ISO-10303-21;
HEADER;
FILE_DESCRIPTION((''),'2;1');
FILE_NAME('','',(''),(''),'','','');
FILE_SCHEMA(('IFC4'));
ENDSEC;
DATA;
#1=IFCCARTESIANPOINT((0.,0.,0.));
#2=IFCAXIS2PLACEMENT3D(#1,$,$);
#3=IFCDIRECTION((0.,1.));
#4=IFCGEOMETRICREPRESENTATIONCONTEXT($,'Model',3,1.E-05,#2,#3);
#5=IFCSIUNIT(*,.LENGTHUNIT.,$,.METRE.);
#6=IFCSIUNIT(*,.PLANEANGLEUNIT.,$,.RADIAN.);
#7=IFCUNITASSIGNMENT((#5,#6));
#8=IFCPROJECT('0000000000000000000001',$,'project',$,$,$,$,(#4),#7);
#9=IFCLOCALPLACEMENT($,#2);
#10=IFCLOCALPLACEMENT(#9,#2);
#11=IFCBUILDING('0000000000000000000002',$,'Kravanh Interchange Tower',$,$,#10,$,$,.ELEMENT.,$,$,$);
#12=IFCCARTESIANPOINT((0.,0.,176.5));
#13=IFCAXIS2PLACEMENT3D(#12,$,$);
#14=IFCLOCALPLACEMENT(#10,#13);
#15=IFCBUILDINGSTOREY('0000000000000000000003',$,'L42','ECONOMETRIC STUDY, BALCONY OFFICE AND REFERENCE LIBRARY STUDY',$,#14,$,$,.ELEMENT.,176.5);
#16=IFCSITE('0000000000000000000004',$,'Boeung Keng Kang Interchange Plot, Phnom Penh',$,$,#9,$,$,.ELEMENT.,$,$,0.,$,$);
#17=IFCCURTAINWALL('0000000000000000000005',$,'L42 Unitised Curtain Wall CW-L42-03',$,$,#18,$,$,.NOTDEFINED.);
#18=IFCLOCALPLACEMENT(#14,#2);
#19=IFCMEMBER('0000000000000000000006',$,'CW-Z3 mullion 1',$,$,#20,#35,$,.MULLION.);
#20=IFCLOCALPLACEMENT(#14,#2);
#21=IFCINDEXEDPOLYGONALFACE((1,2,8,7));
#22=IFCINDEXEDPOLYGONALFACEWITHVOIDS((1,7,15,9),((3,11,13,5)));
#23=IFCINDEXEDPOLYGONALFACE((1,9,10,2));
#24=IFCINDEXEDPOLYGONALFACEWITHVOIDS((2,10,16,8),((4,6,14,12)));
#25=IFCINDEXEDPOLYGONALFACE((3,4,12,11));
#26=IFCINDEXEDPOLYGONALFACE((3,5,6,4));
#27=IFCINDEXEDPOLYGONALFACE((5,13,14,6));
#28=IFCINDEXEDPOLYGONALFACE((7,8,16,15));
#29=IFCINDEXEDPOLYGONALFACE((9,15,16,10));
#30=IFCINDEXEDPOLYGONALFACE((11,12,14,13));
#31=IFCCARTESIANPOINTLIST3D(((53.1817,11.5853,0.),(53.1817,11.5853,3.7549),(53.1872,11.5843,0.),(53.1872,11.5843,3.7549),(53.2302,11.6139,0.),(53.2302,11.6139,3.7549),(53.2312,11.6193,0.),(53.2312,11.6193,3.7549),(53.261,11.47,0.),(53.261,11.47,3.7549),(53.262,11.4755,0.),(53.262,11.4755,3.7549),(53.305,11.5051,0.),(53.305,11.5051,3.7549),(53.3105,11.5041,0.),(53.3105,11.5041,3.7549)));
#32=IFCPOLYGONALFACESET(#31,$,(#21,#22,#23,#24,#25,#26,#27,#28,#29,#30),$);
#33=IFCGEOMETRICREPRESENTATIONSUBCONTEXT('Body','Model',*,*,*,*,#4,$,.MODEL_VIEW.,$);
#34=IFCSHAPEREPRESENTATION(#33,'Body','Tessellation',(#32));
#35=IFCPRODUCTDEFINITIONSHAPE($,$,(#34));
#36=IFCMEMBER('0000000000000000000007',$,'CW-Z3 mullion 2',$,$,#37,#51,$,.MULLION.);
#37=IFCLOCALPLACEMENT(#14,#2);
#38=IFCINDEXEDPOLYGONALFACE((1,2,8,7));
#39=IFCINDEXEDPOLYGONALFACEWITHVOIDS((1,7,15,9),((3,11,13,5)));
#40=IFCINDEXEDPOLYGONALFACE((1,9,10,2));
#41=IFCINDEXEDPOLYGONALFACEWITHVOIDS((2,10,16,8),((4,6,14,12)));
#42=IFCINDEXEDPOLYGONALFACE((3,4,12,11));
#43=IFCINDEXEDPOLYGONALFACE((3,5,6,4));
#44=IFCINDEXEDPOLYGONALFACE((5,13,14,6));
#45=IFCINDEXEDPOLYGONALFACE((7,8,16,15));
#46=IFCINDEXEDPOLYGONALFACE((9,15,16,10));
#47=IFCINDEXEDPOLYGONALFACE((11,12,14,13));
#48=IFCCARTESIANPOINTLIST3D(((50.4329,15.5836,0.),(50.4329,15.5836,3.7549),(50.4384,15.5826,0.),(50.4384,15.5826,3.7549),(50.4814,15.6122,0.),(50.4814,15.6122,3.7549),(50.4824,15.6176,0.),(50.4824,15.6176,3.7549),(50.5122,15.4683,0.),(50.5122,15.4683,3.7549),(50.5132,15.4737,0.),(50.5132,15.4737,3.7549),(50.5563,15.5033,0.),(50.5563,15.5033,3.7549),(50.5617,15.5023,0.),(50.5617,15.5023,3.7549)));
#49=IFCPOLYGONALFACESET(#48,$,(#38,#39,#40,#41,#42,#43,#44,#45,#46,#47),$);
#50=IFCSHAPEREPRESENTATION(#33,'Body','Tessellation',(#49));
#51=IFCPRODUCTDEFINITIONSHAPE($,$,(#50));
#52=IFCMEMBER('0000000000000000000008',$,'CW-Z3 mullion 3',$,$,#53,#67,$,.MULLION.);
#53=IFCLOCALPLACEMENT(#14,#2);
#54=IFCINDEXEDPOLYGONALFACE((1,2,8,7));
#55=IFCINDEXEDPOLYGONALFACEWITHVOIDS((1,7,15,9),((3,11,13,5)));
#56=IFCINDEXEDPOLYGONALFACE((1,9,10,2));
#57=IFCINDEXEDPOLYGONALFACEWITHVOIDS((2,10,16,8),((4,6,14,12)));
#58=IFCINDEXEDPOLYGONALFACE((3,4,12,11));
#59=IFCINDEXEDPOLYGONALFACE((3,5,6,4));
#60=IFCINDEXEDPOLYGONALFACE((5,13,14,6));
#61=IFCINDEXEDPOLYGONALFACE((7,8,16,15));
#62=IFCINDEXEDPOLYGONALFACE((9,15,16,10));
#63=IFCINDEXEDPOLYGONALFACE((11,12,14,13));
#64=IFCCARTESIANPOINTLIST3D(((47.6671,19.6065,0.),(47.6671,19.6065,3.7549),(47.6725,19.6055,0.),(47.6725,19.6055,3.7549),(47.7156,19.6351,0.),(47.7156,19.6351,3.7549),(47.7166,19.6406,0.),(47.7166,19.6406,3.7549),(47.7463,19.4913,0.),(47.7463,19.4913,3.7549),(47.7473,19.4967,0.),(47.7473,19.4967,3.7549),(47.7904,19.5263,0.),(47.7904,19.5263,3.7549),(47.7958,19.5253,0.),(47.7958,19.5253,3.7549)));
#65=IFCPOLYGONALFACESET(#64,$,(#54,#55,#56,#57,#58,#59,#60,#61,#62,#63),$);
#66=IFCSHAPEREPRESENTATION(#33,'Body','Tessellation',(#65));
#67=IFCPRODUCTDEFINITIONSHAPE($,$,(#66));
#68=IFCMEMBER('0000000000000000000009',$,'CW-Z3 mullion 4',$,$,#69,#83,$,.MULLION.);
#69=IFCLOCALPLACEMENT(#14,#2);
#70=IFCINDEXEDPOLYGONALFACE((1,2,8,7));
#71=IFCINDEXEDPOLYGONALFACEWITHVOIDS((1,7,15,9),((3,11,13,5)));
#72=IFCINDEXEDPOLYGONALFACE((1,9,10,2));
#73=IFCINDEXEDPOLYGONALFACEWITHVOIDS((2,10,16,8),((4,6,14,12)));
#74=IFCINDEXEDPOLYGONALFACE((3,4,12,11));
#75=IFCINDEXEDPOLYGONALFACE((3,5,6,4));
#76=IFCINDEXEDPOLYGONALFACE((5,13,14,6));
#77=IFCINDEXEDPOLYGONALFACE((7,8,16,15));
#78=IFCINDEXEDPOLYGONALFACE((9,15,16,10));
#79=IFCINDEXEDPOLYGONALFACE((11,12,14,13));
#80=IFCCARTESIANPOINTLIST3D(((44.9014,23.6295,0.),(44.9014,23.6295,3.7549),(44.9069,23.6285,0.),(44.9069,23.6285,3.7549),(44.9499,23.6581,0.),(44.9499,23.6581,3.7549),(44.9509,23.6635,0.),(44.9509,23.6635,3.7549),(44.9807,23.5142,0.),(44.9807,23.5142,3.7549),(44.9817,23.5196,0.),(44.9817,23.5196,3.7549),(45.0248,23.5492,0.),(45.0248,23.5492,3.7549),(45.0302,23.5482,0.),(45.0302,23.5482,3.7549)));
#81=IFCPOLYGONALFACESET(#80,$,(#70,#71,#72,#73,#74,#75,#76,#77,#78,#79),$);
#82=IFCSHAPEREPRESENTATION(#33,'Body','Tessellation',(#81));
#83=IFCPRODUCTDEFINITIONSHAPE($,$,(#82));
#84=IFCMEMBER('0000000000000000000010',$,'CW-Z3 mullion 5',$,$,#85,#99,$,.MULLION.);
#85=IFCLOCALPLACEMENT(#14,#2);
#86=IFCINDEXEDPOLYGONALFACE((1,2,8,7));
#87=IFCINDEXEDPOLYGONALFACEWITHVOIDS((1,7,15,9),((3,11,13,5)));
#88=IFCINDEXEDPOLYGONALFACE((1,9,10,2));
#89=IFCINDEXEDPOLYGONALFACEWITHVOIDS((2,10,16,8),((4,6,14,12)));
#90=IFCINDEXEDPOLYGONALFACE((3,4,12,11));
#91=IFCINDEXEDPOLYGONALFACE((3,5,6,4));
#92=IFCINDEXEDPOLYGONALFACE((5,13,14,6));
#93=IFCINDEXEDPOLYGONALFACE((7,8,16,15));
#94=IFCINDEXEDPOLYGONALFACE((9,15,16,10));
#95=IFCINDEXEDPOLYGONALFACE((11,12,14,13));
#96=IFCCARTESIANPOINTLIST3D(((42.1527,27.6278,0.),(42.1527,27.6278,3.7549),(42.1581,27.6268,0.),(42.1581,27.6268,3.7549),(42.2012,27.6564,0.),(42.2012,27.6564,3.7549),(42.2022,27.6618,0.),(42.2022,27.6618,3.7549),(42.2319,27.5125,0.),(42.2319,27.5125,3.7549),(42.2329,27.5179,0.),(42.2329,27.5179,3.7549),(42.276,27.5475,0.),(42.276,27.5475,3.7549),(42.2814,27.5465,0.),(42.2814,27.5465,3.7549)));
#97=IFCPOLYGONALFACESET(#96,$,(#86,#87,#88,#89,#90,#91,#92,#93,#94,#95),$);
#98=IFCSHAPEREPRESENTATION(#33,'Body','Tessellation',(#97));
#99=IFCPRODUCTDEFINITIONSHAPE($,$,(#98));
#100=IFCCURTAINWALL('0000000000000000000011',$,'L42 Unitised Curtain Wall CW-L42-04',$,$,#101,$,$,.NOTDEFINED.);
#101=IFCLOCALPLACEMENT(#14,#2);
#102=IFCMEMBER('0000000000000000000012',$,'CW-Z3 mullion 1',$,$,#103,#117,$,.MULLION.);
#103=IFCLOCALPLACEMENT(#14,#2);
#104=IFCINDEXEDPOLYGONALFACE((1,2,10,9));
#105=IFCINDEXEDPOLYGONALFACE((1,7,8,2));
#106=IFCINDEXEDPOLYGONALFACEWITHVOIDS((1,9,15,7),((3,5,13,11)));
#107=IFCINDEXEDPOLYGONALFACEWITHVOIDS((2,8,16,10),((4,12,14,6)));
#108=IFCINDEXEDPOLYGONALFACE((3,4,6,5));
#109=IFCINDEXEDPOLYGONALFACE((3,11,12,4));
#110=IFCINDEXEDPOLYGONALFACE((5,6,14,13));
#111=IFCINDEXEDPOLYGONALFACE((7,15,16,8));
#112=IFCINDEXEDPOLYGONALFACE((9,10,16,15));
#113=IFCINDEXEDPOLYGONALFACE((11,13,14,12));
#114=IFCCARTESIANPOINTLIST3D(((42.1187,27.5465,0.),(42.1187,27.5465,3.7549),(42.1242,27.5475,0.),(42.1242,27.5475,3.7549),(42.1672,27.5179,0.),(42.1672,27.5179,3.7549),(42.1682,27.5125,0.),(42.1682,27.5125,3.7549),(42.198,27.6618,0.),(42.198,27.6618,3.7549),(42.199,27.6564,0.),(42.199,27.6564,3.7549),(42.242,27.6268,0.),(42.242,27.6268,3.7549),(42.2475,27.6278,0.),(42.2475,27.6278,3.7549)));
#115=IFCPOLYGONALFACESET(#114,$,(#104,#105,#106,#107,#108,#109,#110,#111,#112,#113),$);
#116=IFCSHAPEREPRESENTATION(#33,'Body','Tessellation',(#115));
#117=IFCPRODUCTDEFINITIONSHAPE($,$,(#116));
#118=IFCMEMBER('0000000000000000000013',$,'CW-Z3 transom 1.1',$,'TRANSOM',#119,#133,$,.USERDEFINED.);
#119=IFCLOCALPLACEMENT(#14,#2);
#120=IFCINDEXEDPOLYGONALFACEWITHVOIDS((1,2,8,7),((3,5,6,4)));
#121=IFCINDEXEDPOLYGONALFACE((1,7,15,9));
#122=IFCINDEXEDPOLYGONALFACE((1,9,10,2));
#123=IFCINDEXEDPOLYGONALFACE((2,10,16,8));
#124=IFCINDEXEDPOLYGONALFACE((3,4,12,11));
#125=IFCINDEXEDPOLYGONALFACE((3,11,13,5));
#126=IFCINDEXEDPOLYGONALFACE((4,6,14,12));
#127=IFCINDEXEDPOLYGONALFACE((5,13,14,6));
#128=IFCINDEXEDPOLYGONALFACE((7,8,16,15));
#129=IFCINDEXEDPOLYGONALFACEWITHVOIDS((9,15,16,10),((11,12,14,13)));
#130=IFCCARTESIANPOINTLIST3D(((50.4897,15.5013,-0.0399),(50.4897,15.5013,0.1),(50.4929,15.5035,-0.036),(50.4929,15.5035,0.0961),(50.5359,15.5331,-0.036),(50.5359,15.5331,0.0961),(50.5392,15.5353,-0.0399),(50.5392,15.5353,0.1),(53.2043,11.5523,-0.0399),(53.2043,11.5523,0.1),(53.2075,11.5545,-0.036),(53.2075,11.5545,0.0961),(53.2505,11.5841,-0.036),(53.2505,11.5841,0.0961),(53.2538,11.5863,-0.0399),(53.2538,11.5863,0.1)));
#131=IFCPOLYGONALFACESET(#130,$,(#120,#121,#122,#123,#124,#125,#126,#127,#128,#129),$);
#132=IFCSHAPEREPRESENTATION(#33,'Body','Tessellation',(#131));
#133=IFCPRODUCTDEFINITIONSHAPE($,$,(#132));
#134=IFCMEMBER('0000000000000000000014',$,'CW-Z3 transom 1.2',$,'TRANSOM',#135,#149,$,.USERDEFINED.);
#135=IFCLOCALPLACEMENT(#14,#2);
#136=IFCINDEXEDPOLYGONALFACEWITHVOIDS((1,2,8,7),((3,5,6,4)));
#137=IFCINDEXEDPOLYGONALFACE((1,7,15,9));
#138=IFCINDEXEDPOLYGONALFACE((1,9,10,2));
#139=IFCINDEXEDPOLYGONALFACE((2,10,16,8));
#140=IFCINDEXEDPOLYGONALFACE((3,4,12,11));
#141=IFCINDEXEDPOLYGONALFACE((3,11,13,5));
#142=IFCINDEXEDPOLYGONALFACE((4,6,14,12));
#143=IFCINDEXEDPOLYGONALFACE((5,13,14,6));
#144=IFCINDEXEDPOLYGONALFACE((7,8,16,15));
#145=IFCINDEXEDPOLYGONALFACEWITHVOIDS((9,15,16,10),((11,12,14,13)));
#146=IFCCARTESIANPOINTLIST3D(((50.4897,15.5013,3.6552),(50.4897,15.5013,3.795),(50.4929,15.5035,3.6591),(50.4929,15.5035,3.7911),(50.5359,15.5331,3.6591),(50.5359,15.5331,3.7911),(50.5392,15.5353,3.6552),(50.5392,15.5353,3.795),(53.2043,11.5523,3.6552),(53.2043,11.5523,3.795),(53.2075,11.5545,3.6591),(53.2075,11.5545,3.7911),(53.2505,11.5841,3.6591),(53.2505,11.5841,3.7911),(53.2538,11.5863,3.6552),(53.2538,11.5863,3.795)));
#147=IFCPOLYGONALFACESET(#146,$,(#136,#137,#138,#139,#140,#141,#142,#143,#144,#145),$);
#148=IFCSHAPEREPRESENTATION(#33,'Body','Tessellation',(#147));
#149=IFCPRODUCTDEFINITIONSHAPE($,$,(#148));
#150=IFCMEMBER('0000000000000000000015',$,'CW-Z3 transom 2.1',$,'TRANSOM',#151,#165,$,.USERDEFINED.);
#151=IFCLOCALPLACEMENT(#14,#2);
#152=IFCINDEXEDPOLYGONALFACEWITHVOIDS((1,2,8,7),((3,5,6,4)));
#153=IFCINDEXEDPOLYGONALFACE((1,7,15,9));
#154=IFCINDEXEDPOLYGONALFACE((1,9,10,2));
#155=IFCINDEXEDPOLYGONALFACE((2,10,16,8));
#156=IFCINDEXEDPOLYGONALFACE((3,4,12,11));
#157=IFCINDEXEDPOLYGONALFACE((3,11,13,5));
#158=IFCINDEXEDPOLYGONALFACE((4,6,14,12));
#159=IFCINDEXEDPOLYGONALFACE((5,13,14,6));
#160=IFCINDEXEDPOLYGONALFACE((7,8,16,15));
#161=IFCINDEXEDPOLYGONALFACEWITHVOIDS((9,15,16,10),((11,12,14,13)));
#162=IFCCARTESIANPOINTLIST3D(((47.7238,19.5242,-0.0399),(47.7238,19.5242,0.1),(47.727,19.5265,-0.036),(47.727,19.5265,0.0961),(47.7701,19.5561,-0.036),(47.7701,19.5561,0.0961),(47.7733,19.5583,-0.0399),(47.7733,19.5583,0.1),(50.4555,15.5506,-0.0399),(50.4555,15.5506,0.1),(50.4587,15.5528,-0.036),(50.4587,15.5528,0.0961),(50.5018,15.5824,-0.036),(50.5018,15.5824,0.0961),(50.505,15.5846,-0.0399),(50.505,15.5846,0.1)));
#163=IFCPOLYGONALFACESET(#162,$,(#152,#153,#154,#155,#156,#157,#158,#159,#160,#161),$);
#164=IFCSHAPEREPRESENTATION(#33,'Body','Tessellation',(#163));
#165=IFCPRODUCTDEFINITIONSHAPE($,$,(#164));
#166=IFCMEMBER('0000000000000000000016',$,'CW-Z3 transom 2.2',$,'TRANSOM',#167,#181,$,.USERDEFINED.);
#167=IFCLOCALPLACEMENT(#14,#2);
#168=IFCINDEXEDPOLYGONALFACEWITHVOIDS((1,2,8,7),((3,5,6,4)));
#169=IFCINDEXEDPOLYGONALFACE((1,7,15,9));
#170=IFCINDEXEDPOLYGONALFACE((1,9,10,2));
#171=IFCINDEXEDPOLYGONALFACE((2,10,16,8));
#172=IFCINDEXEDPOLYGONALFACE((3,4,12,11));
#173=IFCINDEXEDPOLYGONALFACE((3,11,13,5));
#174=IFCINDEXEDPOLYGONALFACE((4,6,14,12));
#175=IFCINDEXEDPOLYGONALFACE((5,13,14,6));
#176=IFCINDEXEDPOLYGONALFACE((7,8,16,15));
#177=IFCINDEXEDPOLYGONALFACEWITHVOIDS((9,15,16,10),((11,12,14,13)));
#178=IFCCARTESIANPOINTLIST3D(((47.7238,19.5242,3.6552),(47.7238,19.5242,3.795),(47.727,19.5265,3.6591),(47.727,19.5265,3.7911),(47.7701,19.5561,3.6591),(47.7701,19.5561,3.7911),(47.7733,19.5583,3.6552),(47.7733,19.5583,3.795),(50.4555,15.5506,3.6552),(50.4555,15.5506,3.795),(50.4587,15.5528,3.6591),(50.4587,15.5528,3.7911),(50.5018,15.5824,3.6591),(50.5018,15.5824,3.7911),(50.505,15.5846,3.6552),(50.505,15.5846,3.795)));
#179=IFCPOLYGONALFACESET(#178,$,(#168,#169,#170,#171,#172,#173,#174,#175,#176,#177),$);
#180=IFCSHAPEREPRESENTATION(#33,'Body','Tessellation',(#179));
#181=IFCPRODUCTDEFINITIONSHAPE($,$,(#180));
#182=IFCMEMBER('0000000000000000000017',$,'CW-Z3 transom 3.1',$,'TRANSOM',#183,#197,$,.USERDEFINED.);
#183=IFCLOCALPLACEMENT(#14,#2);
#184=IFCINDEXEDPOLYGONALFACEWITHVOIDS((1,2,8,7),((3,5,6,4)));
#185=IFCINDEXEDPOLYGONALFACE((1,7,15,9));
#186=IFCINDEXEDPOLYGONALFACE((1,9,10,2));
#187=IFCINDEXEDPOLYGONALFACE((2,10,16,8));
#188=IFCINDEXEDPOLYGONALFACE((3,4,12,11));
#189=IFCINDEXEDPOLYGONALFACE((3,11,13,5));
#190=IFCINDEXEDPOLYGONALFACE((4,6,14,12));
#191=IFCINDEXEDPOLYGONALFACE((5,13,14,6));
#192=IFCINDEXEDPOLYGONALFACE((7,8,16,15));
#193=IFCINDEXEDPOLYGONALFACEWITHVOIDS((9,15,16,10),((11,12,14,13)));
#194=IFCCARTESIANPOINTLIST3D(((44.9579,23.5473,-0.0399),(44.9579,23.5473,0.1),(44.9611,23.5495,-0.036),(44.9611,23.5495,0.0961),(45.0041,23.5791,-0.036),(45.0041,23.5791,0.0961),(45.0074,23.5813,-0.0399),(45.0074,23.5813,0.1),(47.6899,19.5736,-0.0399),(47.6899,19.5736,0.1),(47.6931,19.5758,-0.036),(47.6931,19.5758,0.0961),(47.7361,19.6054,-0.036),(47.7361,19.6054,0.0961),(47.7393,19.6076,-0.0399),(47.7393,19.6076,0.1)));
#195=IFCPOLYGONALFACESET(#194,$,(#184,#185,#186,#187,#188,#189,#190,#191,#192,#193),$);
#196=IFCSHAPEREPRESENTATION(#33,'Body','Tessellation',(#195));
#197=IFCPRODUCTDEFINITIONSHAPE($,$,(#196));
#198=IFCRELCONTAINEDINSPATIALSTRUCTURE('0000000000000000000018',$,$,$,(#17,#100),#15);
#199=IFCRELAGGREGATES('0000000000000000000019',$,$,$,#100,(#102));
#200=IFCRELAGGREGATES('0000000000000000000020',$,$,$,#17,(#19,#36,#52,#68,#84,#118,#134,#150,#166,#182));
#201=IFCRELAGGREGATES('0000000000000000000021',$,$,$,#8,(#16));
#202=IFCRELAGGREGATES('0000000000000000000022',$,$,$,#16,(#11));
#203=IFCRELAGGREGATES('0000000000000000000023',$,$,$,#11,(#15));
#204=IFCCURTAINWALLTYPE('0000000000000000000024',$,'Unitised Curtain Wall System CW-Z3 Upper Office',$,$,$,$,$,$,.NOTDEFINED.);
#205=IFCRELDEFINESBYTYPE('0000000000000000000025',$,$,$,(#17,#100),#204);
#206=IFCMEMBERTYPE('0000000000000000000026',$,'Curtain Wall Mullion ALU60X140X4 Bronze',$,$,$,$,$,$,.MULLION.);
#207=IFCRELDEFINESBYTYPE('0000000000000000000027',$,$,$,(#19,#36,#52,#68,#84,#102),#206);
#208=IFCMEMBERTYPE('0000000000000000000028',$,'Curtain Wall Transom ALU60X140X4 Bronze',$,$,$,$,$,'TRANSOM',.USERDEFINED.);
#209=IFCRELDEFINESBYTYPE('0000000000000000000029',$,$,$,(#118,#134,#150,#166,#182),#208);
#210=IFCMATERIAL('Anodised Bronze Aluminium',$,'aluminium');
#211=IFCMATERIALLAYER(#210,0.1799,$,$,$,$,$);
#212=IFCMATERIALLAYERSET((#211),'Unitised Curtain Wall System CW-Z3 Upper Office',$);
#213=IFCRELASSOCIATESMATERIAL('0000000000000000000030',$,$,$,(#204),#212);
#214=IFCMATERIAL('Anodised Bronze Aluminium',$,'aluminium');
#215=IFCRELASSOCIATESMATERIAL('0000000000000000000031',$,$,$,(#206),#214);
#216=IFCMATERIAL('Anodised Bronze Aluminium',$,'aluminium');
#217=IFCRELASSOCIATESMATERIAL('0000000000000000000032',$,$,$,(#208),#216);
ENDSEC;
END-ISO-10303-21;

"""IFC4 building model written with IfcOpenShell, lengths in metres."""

from ifc_helpers import new_model, si_unit, direction, frame, origin, origin_2d, place, context, subcontext, project, spatial, hollow_rectangle, extrude, material, layer, layer_set, material_profile, profile_set, type_object, element, aggregate, save


model = new_model("IFC4")

# Units and contexts
model_context = context("Model", 3, precision=1e-05, world=origin(), true_north=direction((0.0, 1.0)))
body_context = subcontext(model_context, "Body", "Model", "MODEL_VIEW")
ifc_project = project(units=[si_unit("LENGTHUNIT", "METRE"), si_unit("PLANEANGLEUNIT", "RADIAN")], contexts=[model_context])

# Site, building, storey
site_placement = place(None, origin())
site = spatial("IfcSite", under=ifc_project, at=site_placement, Name="Boeung Keng Kang Interchange Plot, Phnom Penh", CompositionType="ELEMENT", RefElevation=0.0)
building_placement = place(site_placement, origin())
building = spatial("IfcBuilding", under=site, at=building_placement, Name="Kravanh Interchange Tower", CompositionType="ELEMENT")
storey_placement = place(building_placement, frame((0.0, 0.0, 176.5)))
storey = spatial("IfcBuildingStorey", under=building, at=storey_placement, Name="L42", Description="ECONOMETRIC STUDY, BALCONY OFFICE AND REFERENCE LIBRARY STUDY", CompositionType="ELEMENT", Elevation=176.5)

# Shared definitions
ifc_material_1 = material(Name="Anodised Bronze Aluminium", Category="aluminium")
ifc_layer_1 = layer(ifc_material_1, 0.1799)
ifc_layer_set_1 = layer_set([ifc_layer_1], Name="Unitised Curtain Wall System CW-Z3 Upper Office")
curtain_wall_type = type_object("IfcCurtainWallType", Name="Unitised Curtain Wall System CW-Z3 Upper Office", PredefinedType="NOTDEFINED", material=ifc_layer_set_1)
ifc_material_2 = material(Name="Anodised Bronze Aluminium", Category="aluminium")
ifc_material_profile_1 = material_profile(ifc_material_2, hollow_rectangle(XDim=0.0601, YDim=0.1399, WallThickness=0.0039, at=origin_2d()), Name="ALU60X140X4")
ifc_profile_set_1 = profile_set([ifc_material_profile_1], Name="Anodised Bronze Aluminium")
member_type_1 = type_object("IfcMemberType", Name="Curtain Wall Mullion ALU60X140X4 Bronze", PredefinedType="MULLION", material=ifc_profile_set_1)

# Curtain wall, members
curtain_wall_1_placement = place(storey_placement, origin())
curtain_wall_1 = element("IfcCurtainWall", 1, at=curtain_wall_1_placement, inside=storey, type_object=curtain_wall_type, Name="L42 Unitised Curtain Wall CW-L42-03", PredefinedType="NOTDEFINED")
member_1_placement = place(storey_placement, frame((53.2461, 11.5447, 0.0), z_axis=(0.0, 0.0, 1.0), x_axis=(-0.824042, -0.566528, 0.0)))
member_1 = element("IfcMember", 2, at=member_1_placement, type_object=member_type_1, Name="CW-Z3 mullion 1", PredefinedType="MULLION", context=body_context, shape_type="SweptSolid", body=[
    extrude(hollow_rectangle(XDim=0.0601, YDim=0.1399, WallThickness=0.0039, at=origin_2d()), origin(), (0.0, 0.0, 1.0), 3.7549),
])
member_2_placement = place(storey_placement, frame((50.4973, 15.543, 0.0), z_axis=(0.0, 0.0, 1.0), x_axis=(-0.824042, -0.566528, 0.0)))
member_2 = element("IfcMember", 3, at=member_2_placement, type_object=member_type_1, Name="CW-Z3 mullion 2", PredefinedType="MULLION", context=body_context, shape_type="SweptSolid", body=[
    extrude(hollow_rectangle(XDim=0.0601, YDim=0.1399, WallThickness=0.0039, at=origin_2d()), origin(), (0.0, 0.0, 1.0), 3.7549),
])
member_3_placement = place(storey_placement, frame((47.7314, 19.5659, 0.0), z_axis=(0.0, 0.0, 1.0), x_axis=(-0.824042, -0.566528, 0.0)))
member_3 = element("IfcMember", 4, at=member_3_placement, type_object=member_type_1, Name="CW-Z3 mullion 3", PredefinedType="MULLION", context=body_context, shape_type="SweptSolid", body=[
    extrude(hollow_rectangle(XDim=0.0601, YDim=0.1399, WallThickness=0.0039, at=origin_2d()), origin(), (0.0, 0.0, 1.0), 3.7549),
])
member_4_placement = place(storey_placement, frame((44.9658, 23.5889, 0.0), z_axis=(0.0, 0.0, 1.0), x_axis=(-0.824042, -0.566528, 0.0)))
member_4 = element("IfcMember", 5, at=member_4_placement, type_object=member_type_1, Name="CW-Z3 mullion 4", PredefinedType="MULLION", context=body_context, shape_type="SweptSolid", body=[
    extrude(hollow_rectangle(XDim=0.0601, YDim=0.1399, WallThickness=0.0039, at=origin_2d()), origin(), (0.0, 0.0, 1.0), 3.7549),
])
member_5_placement = place(storey_placement, frame((42.217, 27.5872, 0.0), z_axis=(0.0, 0.0, 1.0), x_axis=(-0.824042, -0.566528, 0.0)))
member_5 = element("IfcMember", 6, at=member_5_placement, type_object=member_type_1, Name="CW-Z3 mullion 5", PredefinedType="MULLION", context=body_context, shape_type="SweptSolid", body=[
    extrude(hollow_rectangle(XDim=0.0601, YDim=0.1399, WallThickness=0.0039, at=origin_2d()), origin(), (0.0, 0.0, 1.0), 3.7549),
])

# Curtain wall, member
curtain_wall_2_placement = place(storey_placement, origin())
curtain_wall_2 = element("IfcCurtainWall", 7, at=curtain_wall_2_placement, inside=storey, type_object=curtain_wall_type, Name="L42 Unitised Curtain Wall CW-L42-04", PredefinedType="NOTDEFINED")
member_6_placement = place(storey_placement, frame((42.1831, 27.5872, 0.0), z_axis=(0.0, 0.0, 1.0), x_axis=(0.824042, -0.566528, 0.0)))
member_6 = element("IfcMember", 8, at=member_6_placement, type_object=member_type_1, Name="CW-Z3 mullion 1", PredefinedType="MULLION", context=body_context, shape_type="SweptSolid", body=[
    extrude(hollow_rectangle(XDim=0.0601, YDim=0.1399, WallThickness=0.0039, at=origin_2d()), origin(), (0.0, 0.0, 1.0), 3.7549),
])
aggregate(curtain_wall_2, [member_6])

# Members
ifc_material_3 = material(Name="Anodised Bronze Aluminium", Category="aluminium")
ifc_material_profile_2 = material_profile(ifc_material_3, hollow_rectangle(XDim=0.0601, YDim=0.1399, WallThickness=0.0039, at=origin_2d()), Name="ALU60X140X4")
ifc_profile_set_2 = profile_set([ifc_material_profile_2], Name="Anodised Bronze Aluminium")
member_type_2 = type_object("IfcMemberType", Name="Curtain Wall Transom ALU60X140X4 Bronze", ElementType="TRANSOM", PredefinedType="USERDEFINED", material=ifc_profile_set_2)
member_7_placement = place(storey_placement, frame((53.229, 11.5693, 0.03), z_axis=(-0.566483, 0.824073, 0.0), x_axis=(-0.824073, -0.566483, 0.0)))
member_7 = element("IfcMember", 9, at=member_7_placement, type_object=member_type_2, Name="CW-Z3 transom 1.1", ObjectType="TRANSOM", PredefinedType="USERDEFINED", context=body_context, shape_type="SweptSolid", body=[
    extrude(hollow_rectangle(XDim=0.0601, YDim=0.1399, WallThickness=0.0039, at=origin_2d()), origin(), (0.0, 0.0, 1.0), 4.792),
])
member_8_placement = place(storey_placement, frame((53.229, 11.5693, 3.7251), z_axis=(-0.566483, 0.824073, 0.0), x_axis=(-0.824073, -0.566483, 0.0)))
member_8 = element("IfcMember", 10, at=member_8_placement, type_object=member_type_2, Name="CW-Z3 transom 1.2", ObjectType="TRANSOM", PredefinedType="USERDEFINED", context=body_context, shape_type="SweptSolid", body=[
    extrude(hollow_rectangle(XDim=0.0601, YDim=0.1399, WallThickness=0.0039, at=origin_2d()), origin(), (0.0, 0.0, 1.0), 4.792),
])
member_9_placement = place(storey_placement, frame((50.4802, 15.5676, 0.03), z_axis=(-0.566503, 0.82406, 0.0), x_axis=(-0.82406, -0.566503, 0.0)))
member_9 = element("IfcMember", 11, at=member_9_placement, type_object=member_type_2, Name="CW-Z3 transom 2.1", ObjectType="TRANSOM", PredefinedType="USERDEFINED", context=body_context, shape_type="SweptSolid", body=[
    extrude(hollow_rectangle(XDim=0.0601, YDim=0.1399, WallThickness=0.0039, at=origin_2d()), origin(), (0.0, 0.0, 1.0), 4.822),
])
member_10_placement = place(storey_placement, frame((50.4802, 15.5676, 3.7251), z_axis=(-0.566503, 0.82406, 0.0), x_axis=(-0.82406, -0.566503, 0.0)))
member_10 = element("IfcMember", 12, at=member_10_placement, type_object=member_type_2, Name="CW-Z3 transom 2.2", ObjectType="TRANSOM", PredefinedType="USERDEFINED", context=body_context, shape_type="SweptSolid", body=[
    extrude(hollow_rectangle(XDim=0.0601, YDim=0.1399, WallThickness=0.0039, at=origin_2d()), origin(), (0.0, 0.0, 1.0), 4.822),
])
member_11_placement = place(storey_placement, frame((47.7146, 19.5906, 0.03), z_axis=(-0.566537, 0.824036, 0.0), x_axis=(-0.824036, -0.566537, 0.0)))
member_11 = element("IfcMember", 13, at=member_11_placement, type_object=member_type_2, Name="CW-Z3 transom 3.1", ObjectType="TRANSOM", PredefinedType="USERDEFINED", context=body_context, shape_type="SweptSolid", body=[
    extrude(hollow_rectangle(XDim=0.0601, YDim=0.1399, WallThickness=0.0039, at=origin_2d()), origin(), (0.0, 0.0, 1.0), 4.8223),
])

aggregate(curtain_wall_1, [member_1, member_2, member_3, member_4, member_5, member_7, member_8, member_9, member_10, member_11])

save(model, "model.ifc")
